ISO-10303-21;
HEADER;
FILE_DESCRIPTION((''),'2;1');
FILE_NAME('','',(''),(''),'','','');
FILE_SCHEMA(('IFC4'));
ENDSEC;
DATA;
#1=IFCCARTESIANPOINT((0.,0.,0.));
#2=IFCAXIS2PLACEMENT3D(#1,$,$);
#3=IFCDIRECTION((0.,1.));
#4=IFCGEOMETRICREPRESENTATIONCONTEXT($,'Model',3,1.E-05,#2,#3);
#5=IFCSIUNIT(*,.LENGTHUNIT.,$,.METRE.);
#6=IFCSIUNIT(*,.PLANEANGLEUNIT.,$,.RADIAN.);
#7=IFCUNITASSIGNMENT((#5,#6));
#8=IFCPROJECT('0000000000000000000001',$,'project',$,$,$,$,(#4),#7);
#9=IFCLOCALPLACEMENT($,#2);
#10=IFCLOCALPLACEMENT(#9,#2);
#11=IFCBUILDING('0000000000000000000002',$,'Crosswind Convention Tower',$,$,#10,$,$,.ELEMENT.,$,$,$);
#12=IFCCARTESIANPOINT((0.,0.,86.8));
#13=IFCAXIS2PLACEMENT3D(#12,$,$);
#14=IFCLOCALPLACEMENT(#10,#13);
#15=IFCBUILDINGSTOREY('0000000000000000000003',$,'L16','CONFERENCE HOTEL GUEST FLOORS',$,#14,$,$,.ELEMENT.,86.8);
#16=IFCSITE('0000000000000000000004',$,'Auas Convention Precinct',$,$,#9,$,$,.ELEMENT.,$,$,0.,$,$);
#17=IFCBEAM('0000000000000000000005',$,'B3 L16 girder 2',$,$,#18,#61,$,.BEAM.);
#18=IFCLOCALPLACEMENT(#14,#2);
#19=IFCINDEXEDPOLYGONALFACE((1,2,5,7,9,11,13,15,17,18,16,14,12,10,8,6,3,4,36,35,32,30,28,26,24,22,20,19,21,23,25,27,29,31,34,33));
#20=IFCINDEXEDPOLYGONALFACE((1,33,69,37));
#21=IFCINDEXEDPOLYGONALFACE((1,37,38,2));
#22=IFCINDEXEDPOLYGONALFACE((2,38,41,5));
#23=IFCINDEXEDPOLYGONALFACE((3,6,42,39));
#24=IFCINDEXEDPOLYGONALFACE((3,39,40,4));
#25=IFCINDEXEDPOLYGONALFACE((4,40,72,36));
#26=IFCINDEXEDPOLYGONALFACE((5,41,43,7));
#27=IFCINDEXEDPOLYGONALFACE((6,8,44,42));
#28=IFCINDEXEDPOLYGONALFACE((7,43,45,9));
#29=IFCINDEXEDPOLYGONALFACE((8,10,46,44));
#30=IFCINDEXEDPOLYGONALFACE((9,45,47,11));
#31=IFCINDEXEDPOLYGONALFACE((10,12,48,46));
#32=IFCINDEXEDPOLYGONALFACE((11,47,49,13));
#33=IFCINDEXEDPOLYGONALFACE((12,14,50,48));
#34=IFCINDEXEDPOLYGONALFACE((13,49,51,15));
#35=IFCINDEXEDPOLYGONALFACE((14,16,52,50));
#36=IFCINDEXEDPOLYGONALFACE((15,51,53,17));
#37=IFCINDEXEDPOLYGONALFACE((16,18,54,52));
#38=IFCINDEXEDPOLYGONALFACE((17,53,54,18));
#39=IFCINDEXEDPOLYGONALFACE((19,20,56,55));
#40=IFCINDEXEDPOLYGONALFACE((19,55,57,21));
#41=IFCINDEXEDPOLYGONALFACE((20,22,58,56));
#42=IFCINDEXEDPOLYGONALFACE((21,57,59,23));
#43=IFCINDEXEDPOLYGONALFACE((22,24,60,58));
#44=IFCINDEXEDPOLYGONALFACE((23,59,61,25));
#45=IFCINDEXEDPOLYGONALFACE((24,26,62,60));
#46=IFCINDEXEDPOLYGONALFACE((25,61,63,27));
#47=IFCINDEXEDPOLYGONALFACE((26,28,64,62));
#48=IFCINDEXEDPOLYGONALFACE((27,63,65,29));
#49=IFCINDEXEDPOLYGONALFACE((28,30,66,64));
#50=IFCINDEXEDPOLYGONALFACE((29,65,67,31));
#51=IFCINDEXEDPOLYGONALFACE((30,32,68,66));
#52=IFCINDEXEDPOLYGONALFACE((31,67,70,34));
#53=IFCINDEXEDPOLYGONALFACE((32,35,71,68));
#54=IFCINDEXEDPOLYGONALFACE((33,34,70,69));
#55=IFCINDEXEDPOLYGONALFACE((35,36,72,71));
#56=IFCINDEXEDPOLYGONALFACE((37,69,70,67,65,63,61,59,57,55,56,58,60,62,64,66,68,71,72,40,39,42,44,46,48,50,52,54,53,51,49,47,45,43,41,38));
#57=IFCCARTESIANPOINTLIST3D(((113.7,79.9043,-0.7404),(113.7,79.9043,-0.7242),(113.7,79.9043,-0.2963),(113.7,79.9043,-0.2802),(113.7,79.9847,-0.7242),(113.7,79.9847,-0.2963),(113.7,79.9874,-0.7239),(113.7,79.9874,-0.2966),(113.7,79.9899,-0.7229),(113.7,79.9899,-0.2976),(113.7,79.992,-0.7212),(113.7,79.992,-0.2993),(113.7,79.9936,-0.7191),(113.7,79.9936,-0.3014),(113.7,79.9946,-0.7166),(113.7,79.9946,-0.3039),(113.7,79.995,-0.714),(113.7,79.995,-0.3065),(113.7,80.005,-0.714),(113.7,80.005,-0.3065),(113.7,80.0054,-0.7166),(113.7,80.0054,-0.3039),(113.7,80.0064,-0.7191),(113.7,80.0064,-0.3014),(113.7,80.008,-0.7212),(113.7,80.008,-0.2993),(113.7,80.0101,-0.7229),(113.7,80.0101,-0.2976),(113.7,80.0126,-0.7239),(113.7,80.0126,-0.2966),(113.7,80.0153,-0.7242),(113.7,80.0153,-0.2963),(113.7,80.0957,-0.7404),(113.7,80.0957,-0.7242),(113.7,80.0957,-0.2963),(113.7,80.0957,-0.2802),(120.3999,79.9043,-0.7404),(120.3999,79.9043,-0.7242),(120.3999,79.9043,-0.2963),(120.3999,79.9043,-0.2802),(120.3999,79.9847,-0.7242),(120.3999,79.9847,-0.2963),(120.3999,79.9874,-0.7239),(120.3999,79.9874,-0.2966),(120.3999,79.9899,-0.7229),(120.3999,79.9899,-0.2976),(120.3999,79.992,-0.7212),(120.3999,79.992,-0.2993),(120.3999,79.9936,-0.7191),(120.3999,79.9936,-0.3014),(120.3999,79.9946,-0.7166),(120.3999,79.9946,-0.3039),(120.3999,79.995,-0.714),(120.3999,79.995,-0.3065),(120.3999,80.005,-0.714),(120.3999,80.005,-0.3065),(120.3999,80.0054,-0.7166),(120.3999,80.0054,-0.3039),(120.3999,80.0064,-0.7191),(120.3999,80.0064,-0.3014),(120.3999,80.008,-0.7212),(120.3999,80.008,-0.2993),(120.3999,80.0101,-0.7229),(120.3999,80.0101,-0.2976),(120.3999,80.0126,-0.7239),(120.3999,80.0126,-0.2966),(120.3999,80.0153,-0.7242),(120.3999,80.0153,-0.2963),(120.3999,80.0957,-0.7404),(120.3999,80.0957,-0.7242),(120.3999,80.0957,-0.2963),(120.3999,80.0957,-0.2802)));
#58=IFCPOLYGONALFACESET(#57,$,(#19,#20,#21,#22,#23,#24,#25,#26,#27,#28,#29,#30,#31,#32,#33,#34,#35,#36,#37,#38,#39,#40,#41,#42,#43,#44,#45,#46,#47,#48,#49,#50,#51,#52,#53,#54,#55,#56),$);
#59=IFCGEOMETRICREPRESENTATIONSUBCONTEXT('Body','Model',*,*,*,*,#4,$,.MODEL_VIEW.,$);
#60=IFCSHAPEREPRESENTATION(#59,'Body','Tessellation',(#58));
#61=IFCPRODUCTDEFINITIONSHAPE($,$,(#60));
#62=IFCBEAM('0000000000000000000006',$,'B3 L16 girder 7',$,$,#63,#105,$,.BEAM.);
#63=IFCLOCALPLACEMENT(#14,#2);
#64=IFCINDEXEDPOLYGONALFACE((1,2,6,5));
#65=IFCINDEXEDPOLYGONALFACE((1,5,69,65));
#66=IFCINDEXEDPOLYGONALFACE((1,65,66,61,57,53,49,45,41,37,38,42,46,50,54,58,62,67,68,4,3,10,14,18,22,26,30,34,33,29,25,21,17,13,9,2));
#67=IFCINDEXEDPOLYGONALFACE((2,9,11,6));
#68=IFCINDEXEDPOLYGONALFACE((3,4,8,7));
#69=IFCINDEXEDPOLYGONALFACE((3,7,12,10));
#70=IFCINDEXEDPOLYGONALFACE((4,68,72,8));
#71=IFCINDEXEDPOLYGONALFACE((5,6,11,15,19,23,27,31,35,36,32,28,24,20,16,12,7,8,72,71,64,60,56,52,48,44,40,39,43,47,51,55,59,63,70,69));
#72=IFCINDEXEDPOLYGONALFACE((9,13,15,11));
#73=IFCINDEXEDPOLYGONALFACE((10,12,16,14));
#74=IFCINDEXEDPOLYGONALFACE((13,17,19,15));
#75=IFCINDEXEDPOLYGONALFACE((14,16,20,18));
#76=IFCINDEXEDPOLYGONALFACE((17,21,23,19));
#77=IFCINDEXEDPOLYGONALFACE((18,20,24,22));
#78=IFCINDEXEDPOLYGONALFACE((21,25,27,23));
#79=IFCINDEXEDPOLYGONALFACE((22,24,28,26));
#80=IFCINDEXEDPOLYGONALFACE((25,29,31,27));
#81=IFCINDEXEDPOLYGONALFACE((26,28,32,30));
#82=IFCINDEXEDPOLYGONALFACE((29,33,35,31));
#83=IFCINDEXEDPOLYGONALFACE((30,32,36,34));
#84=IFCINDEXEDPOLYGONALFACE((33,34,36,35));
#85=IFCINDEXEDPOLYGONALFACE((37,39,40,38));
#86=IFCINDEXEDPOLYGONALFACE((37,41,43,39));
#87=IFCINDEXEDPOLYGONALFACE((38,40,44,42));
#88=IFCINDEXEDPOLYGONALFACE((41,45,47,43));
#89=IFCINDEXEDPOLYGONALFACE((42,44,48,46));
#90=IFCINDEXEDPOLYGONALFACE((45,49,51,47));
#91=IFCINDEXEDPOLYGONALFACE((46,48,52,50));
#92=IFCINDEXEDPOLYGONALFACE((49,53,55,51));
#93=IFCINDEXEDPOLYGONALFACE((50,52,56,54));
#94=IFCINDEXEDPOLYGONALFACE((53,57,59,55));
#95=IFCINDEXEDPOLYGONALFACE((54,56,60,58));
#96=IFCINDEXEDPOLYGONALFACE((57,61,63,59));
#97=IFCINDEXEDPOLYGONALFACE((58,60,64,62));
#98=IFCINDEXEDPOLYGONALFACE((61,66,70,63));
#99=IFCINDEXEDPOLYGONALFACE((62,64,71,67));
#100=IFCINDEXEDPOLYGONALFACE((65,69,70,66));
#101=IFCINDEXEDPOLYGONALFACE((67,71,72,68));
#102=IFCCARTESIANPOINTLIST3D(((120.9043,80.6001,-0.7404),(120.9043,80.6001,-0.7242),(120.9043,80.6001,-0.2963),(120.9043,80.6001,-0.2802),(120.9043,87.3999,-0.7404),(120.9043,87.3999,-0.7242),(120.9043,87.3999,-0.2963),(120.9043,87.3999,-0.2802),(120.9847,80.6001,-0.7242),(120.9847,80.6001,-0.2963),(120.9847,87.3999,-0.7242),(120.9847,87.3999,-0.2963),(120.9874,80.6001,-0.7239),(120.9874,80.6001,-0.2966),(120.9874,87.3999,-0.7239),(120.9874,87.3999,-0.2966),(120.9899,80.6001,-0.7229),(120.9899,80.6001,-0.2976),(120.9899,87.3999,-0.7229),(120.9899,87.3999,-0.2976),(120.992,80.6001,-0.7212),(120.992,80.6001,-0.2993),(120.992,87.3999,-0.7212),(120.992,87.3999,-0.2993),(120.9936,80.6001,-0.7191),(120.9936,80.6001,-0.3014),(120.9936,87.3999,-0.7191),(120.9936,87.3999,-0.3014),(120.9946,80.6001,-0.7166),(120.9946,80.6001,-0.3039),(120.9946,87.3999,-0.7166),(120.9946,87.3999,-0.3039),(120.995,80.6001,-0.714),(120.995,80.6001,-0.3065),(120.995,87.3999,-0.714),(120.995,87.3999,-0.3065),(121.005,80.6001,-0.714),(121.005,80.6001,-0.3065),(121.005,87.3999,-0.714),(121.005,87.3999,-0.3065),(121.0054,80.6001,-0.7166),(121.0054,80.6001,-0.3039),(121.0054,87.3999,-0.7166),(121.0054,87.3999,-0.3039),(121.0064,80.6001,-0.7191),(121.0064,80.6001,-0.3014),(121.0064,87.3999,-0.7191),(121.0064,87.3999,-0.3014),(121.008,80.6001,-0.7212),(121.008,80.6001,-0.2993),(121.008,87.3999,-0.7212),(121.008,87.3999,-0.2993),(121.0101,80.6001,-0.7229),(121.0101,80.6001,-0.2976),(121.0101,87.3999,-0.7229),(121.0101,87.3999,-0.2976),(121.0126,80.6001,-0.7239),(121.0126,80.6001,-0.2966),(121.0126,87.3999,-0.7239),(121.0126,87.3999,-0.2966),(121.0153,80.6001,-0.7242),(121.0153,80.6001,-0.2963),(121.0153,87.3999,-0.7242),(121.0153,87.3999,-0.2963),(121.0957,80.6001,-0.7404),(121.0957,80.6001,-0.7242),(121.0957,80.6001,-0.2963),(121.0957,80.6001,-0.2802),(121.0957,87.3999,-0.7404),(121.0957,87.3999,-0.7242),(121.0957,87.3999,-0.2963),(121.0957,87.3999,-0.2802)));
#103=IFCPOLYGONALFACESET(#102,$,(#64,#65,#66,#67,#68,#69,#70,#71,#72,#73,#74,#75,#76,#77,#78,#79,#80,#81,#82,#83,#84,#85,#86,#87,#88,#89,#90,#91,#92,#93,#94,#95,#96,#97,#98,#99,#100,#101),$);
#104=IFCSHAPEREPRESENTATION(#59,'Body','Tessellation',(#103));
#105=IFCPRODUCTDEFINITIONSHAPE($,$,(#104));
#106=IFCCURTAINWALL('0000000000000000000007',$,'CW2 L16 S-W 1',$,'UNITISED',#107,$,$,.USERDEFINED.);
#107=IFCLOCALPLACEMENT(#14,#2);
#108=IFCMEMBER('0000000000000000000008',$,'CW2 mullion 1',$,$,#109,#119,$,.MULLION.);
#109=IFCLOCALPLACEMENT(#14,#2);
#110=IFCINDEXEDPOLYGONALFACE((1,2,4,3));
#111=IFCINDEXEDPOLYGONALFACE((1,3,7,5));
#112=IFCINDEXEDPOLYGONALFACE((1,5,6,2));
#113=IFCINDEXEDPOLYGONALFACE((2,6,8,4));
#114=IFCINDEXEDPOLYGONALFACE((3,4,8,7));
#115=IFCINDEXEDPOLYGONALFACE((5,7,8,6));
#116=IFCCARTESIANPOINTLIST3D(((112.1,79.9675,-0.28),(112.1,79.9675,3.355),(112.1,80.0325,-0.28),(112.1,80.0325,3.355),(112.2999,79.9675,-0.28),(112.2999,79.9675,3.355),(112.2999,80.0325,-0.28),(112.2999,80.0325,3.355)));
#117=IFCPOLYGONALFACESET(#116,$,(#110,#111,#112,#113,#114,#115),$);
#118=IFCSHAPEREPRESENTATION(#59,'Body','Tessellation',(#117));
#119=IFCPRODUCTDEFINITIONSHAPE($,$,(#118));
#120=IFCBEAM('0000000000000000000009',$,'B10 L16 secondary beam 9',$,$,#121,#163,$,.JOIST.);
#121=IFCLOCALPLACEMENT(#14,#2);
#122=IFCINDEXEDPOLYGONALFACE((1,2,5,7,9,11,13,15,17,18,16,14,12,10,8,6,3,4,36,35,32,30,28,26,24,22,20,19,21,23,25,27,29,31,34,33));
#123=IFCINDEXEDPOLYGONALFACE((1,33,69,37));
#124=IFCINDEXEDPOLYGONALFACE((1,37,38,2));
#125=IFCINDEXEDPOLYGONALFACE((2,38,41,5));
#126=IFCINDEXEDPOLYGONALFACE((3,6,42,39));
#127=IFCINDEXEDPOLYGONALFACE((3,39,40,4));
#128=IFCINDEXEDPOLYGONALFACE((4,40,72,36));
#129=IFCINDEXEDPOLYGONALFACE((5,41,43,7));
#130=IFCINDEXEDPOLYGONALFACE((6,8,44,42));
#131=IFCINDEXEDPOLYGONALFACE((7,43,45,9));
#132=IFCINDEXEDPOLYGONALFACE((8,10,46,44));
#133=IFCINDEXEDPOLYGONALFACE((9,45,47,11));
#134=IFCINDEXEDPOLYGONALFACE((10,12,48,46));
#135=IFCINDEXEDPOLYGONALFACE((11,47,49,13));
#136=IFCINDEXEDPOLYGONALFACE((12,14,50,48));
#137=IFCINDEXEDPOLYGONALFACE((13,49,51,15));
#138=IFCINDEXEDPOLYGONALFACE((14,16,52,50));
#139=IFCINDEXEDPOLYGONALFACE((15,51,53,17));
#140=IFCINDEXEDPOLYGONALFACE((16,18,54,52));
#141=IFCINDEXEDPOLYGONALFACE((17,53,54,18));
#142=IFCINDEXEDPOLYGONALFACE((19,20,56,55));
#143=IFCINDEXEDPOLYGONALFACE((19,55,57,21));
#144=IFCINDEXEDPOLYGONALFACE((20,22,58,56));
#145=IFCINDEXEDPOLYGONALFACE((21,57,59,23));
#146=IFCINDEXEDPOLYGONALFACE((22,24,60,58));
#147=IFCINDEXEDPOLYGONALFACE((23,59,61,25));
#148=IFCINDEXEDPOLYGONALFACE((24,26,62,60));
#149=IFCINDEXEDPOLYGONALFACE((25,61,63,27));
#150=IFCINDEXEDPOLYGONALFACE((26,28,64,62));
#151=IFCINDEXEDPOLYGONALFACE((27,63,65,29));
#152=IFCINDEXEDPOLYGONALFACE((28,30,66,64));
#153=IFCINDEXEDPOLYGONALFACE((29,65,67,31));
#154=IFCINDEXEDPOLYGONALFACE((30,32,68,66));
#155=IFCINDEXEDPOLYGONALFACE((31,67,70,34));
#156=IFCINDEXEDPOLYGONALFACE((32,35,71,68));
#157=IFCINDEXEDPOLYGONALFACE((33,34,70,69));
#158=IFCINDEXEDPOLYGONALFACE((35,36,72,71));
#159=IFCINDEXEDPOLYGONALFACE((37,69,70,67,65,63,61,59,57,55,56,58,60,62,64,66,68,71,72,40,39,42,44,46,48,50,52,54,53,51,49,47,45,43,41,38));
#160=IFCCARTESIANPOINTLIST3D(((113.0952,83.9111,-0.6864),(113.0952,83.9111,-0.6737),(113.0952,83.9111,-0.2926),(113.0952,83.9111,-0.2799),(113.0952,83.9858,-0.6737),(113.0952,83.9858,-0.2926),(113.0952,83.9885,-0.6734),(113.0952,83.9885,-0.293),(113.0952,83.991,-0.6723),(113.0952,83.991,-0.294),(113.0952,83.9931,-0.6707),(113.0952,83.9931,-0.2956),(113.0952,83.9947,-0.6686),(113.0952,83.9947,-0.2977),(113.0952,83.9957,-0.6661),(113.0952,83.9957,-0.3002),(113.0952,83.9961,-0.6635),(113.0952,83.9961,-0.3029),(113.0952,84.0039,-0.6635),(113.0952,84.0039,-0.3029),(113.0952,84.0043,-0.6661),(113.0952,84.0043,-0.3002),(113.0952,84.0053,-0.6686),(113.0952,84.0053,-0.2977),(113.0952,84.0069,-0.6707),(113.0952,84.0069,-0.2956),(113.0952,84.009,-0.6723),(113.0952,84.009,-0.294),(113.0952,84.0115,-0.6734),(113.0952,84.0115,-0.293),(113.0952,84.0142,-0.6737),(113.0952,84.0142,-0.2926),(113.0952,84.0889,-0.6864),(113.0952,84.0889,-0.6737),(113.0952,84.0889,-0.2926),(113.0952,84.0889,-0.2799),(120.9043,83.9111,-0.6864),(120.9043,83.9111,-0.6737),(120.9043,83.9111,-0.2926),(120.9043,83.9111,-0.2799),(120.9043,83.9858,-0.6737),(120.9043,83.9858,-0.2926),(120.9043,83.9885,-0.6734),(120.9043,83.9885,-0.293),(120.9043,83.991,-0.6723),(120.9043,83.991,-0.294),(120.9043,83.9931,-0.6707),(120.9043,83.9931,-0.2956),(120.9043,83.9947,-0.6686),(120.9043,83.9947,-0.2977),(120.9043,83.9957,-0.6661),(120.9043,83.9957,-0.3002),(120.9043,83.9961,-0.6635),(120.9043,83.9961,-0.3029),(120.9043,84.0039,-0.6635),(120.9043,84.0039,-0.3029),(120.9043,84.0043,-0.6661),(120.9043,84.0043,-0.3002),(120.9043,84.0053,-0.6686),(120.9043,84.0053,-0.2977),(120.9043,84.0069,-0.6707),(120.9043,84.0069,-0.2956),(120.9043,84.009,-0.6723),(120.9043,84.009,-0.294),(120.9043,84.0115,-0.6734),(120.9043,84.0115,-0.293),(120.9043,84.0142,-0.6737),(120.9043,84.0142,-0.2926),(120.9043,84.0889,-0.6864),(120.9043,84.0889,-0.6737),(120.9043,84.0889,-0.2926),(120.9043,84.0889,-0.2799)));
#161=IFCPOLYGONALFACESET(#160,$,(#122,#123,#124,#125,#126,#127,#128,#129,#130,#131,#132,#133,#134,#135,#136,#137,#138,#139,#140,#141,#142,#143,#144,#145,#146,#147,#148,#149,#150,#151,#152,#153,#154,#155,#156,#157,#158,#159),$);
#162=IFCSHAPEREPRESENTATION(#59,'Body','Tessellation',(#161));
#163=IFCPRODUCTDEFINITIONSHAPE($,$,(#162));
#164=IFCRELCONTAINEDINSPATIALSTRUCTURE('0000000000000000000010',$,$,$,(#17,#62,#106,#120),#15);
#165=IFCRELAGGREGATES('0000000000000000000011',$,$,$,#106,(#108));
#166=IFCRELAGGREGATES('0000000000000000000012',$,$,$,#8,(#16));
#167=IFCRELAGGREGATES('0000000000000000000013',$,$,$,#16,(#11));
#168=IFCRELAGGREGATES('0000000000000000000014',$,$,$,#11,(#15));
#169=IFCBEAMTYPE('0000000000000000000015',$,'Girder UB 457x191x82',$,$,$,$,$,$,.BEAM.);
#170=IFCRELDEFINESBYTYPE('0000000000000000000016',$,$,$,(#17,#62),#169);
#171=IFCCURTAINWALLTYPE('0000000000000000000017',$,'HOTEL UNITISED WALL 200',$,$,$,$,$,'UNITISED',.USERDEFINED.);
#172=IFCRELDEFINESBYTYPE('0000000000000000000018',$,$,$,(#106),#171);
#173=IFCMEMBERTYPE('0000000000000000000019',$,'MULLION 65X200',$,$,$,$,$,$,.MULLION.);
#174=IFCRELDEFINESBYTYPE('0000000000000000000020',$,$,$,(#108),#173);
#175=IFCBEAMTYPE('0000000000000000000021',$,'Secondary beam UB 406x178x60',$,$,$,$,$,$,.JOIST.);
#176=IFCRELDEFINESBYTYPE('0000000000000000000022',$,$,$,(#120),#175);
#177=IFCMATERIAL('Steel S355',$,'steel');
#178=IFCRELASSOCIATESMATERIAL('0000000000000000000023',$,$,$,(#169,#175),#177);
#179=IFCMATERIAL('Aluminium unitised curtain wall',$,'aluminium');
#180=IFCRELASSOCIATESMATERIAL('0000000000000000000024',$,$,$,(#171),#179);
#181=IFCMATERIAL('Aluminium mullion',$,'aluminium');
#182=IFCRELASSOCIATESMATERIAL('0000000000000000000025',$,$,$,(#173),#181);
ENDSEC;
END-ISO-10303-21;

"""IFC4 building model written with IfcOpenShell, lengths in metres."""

from ifc_helpers import new_model, si_unit, direction, frame, origin, origin_2d, place, context, subcontext, project, spatial, rectangle, i_section, extrude, material, material_profile, profile_set, type_object, element, aggregate, save


model = new_model("IFC4")

# Units and contexts
model_context = context("Model", 3, precision=1e-05, world=origin(), true_north=direction((0.0, 1.0)))
body_context = subcontext(model_context, "Body", "Model", "MODEL_VIEW")
ifc_project = project(units=[si_unit("LENGTHUNIT", "METRE"), si_unit("PLANEANGLEUNIT", "RADIAN")], contexts=[model_context])

# Site, building, storey
site_placement = place(None, origin())
site = spatial("IfcSite", under=ifc_project, at=site_placement, Name="Auas Convention Precinct", CompositionType="ELEMENT", RefElevation=0.0)
building_placement = place(site_placement, origin())
building = spatial("IfcBuilding", under=site, at=building_placement, Name="Crosswind Convention Tower", CompositionType="ELEMENT")
storey_placement = place(building_placement, frame((0.0, 0.0, 86.8)))
storey = spatial("IfcBuildingStorey", under=building, at=storey_placement, Name="L16", Description="CONFERENCE HOTEL GUEST FLOORS", CompositionType="ELEMENT", Elevation=86.8)

# Beams
ifc_material_1 = material(Name="Steel S355", Category="steel")
ifc_material_profile_1 = material_profile(ifc_material_1, i_section(OverallWidth=0.1914, OverallDepth=0.4602, WebThickness=0.01, FlangeThickness=0.0161, FilletRadius=0.0103, at=origin_2d()), Name="UB 457x191x82")
ifc_profile_set_1 = profile_set([ifc_material_profile_1], Name="Steel S355")
beam_type_1 = type_object("IfcBeamType", Name="Girder UB 457x191x82", PredefinedType="BEAM", material=ifc_profile_set_1)
beam_1_placement = place(storey_placement, frame((113.7, 80.0, -0.5103), z_axis=(1.0, 0.0, 0.0), x_axis=(0.0, 1.0, 0.0)))
element("IfcBeam", 1, at=beam_1_placement, inside=storey, type_object=beam_type_1, Name="B3 L16 girder 2", PredefinedType="BEAM", context=body_context, shape_type="SweptSolid", body=[
    extrude(i_section(OverallWidth=0.1914, OverallDepth=0.4602, WebThickness=0.01, FlangeThickness=0.0161, FilletRadius=0.0103, at=origin_2d()), origin(), (0.0, 0.0, 1.0), 6.7),
])
beam_2_placement = place(storey_placement, frame((121.0, 80.6001, -0.5103), z_axis=(0.0, 1.0, 0.0), x_axis=(-1.0, 0.0, 0.0)))
element("IfcBeam", 2, at=beam_2_placement, inside=storey, type_object=beam_type_1, Name="B3 L16 girder 7", PredefinedType="BEAM", context=body_context, shape_type="SweptSolid", body=[
    extrude(i_section(OverallWidth=0.1914, OverallDepth=0.4602, WebThickness=0.01, FlangeThickness=0.0161, FilletRadius=0.0103, at=origin_2d()), origin(), (0.0, 0.0, 1.0), 6.7998),
])

# Curtain wall, member
ifc_material_2 = material(Name="Aluminium unitised curtain wall", Category="aluminium")
curtain_wall_type = type_object("IfcCurtainWallType", Name="HOTEL UNITISED WALL 200", ElementType="UNITISED", PredefinedType="USERDEFINED", material=ifc_material_2)
curtain_wall_placement = place(storey_placement, origin())
curtain_wall = element("IfcCurtainWall", 3, at=curtain_wall_placement, inside=storey, type_object=curtain_wall_type, Name="CW2 L16 S-W 1", ObjectType="UNITISED", PredefinedType="USERDEFINED")
ifc_material_3 = material(Name="Aluminium mullion", Category="aluminium")
ifc_material_profile_2 = material_profile(ifc_material_3, rectangle(XDim=0.2, YDim=0.0649, at=origin_2d()), Name="AL 200X65")
ifc_profile_set_2 = profile_set([ifc_material_profile_2], Name="Aluminium mullion")
member_type_1 = type_object("IfcMemberType", Name="MULLION 65X200", PredefinedType="MULLION", material=ifc_profile_set_2)
member_1_placement = place(storey_placement, frame((112.2, 80.0, -0.28), z_axis=(0.0, 0.0, 1.0), x_axis=(-1.0, 0.0, 0.0)))
member_1 = element("IfcMember", 4, at=member_1_placement, type_object=member_type_1, Name="CW2 mullion 1", PredefinedType="MULLION", context=body_context, shape_type="SweptSolid", body=[
    extrude(rectangle(XDim=0.2, YDim=0.0649, at=origin_2d()), origin(), (0.0, 0.0, 1.0), 3.635),
])

# Beam
ifc_material_profile_3 = material_profile(ifc_material_1, i_section(OverallWidth=0.1777, OverallDepth=0.4065, WebThickness=0.0078, FlangeThickness=0.0127, FilletRadius=0.0103, at=origin_2d()), Name="UB 406x178x60")
ifc_profile_set_3 = profile_set([ifc_material_profile_3], Name="Steel S355")
beam_type_2 = type_object("IfcBeamType", Name="Secondary beam UB 406x178x60", PredefinedType="JOIST", material=ifc_profile_set_3)
beam_3_placement = place(storey_placement, frame((113.0952, 84.0, -0.4832), z_axis=(1.0, 0.0, 0.0), x_axis=(0.0, 1.0, 0.0)))
element("IfcBeam", 5, at=beam_3_placement, inside=storey, type_object=beam_type_2, Name="B10 L16 secondary beam 9", PredefinedType="JOIST", context=body_context, shape_type="SweptSolid", body=[
    extrude(i_section(OverallWidth=0.1777, OverallDepth=0.4065, WebThickness=0.0078, FlangeThickness=0.0127, FilletRadius=0.0103, at=origin_2d()), origin(), (0.0, 0.0, 1.0), 7.8091),
])

aggregate(curtain_wall, [member_1])

save(model, "model.ifc")
